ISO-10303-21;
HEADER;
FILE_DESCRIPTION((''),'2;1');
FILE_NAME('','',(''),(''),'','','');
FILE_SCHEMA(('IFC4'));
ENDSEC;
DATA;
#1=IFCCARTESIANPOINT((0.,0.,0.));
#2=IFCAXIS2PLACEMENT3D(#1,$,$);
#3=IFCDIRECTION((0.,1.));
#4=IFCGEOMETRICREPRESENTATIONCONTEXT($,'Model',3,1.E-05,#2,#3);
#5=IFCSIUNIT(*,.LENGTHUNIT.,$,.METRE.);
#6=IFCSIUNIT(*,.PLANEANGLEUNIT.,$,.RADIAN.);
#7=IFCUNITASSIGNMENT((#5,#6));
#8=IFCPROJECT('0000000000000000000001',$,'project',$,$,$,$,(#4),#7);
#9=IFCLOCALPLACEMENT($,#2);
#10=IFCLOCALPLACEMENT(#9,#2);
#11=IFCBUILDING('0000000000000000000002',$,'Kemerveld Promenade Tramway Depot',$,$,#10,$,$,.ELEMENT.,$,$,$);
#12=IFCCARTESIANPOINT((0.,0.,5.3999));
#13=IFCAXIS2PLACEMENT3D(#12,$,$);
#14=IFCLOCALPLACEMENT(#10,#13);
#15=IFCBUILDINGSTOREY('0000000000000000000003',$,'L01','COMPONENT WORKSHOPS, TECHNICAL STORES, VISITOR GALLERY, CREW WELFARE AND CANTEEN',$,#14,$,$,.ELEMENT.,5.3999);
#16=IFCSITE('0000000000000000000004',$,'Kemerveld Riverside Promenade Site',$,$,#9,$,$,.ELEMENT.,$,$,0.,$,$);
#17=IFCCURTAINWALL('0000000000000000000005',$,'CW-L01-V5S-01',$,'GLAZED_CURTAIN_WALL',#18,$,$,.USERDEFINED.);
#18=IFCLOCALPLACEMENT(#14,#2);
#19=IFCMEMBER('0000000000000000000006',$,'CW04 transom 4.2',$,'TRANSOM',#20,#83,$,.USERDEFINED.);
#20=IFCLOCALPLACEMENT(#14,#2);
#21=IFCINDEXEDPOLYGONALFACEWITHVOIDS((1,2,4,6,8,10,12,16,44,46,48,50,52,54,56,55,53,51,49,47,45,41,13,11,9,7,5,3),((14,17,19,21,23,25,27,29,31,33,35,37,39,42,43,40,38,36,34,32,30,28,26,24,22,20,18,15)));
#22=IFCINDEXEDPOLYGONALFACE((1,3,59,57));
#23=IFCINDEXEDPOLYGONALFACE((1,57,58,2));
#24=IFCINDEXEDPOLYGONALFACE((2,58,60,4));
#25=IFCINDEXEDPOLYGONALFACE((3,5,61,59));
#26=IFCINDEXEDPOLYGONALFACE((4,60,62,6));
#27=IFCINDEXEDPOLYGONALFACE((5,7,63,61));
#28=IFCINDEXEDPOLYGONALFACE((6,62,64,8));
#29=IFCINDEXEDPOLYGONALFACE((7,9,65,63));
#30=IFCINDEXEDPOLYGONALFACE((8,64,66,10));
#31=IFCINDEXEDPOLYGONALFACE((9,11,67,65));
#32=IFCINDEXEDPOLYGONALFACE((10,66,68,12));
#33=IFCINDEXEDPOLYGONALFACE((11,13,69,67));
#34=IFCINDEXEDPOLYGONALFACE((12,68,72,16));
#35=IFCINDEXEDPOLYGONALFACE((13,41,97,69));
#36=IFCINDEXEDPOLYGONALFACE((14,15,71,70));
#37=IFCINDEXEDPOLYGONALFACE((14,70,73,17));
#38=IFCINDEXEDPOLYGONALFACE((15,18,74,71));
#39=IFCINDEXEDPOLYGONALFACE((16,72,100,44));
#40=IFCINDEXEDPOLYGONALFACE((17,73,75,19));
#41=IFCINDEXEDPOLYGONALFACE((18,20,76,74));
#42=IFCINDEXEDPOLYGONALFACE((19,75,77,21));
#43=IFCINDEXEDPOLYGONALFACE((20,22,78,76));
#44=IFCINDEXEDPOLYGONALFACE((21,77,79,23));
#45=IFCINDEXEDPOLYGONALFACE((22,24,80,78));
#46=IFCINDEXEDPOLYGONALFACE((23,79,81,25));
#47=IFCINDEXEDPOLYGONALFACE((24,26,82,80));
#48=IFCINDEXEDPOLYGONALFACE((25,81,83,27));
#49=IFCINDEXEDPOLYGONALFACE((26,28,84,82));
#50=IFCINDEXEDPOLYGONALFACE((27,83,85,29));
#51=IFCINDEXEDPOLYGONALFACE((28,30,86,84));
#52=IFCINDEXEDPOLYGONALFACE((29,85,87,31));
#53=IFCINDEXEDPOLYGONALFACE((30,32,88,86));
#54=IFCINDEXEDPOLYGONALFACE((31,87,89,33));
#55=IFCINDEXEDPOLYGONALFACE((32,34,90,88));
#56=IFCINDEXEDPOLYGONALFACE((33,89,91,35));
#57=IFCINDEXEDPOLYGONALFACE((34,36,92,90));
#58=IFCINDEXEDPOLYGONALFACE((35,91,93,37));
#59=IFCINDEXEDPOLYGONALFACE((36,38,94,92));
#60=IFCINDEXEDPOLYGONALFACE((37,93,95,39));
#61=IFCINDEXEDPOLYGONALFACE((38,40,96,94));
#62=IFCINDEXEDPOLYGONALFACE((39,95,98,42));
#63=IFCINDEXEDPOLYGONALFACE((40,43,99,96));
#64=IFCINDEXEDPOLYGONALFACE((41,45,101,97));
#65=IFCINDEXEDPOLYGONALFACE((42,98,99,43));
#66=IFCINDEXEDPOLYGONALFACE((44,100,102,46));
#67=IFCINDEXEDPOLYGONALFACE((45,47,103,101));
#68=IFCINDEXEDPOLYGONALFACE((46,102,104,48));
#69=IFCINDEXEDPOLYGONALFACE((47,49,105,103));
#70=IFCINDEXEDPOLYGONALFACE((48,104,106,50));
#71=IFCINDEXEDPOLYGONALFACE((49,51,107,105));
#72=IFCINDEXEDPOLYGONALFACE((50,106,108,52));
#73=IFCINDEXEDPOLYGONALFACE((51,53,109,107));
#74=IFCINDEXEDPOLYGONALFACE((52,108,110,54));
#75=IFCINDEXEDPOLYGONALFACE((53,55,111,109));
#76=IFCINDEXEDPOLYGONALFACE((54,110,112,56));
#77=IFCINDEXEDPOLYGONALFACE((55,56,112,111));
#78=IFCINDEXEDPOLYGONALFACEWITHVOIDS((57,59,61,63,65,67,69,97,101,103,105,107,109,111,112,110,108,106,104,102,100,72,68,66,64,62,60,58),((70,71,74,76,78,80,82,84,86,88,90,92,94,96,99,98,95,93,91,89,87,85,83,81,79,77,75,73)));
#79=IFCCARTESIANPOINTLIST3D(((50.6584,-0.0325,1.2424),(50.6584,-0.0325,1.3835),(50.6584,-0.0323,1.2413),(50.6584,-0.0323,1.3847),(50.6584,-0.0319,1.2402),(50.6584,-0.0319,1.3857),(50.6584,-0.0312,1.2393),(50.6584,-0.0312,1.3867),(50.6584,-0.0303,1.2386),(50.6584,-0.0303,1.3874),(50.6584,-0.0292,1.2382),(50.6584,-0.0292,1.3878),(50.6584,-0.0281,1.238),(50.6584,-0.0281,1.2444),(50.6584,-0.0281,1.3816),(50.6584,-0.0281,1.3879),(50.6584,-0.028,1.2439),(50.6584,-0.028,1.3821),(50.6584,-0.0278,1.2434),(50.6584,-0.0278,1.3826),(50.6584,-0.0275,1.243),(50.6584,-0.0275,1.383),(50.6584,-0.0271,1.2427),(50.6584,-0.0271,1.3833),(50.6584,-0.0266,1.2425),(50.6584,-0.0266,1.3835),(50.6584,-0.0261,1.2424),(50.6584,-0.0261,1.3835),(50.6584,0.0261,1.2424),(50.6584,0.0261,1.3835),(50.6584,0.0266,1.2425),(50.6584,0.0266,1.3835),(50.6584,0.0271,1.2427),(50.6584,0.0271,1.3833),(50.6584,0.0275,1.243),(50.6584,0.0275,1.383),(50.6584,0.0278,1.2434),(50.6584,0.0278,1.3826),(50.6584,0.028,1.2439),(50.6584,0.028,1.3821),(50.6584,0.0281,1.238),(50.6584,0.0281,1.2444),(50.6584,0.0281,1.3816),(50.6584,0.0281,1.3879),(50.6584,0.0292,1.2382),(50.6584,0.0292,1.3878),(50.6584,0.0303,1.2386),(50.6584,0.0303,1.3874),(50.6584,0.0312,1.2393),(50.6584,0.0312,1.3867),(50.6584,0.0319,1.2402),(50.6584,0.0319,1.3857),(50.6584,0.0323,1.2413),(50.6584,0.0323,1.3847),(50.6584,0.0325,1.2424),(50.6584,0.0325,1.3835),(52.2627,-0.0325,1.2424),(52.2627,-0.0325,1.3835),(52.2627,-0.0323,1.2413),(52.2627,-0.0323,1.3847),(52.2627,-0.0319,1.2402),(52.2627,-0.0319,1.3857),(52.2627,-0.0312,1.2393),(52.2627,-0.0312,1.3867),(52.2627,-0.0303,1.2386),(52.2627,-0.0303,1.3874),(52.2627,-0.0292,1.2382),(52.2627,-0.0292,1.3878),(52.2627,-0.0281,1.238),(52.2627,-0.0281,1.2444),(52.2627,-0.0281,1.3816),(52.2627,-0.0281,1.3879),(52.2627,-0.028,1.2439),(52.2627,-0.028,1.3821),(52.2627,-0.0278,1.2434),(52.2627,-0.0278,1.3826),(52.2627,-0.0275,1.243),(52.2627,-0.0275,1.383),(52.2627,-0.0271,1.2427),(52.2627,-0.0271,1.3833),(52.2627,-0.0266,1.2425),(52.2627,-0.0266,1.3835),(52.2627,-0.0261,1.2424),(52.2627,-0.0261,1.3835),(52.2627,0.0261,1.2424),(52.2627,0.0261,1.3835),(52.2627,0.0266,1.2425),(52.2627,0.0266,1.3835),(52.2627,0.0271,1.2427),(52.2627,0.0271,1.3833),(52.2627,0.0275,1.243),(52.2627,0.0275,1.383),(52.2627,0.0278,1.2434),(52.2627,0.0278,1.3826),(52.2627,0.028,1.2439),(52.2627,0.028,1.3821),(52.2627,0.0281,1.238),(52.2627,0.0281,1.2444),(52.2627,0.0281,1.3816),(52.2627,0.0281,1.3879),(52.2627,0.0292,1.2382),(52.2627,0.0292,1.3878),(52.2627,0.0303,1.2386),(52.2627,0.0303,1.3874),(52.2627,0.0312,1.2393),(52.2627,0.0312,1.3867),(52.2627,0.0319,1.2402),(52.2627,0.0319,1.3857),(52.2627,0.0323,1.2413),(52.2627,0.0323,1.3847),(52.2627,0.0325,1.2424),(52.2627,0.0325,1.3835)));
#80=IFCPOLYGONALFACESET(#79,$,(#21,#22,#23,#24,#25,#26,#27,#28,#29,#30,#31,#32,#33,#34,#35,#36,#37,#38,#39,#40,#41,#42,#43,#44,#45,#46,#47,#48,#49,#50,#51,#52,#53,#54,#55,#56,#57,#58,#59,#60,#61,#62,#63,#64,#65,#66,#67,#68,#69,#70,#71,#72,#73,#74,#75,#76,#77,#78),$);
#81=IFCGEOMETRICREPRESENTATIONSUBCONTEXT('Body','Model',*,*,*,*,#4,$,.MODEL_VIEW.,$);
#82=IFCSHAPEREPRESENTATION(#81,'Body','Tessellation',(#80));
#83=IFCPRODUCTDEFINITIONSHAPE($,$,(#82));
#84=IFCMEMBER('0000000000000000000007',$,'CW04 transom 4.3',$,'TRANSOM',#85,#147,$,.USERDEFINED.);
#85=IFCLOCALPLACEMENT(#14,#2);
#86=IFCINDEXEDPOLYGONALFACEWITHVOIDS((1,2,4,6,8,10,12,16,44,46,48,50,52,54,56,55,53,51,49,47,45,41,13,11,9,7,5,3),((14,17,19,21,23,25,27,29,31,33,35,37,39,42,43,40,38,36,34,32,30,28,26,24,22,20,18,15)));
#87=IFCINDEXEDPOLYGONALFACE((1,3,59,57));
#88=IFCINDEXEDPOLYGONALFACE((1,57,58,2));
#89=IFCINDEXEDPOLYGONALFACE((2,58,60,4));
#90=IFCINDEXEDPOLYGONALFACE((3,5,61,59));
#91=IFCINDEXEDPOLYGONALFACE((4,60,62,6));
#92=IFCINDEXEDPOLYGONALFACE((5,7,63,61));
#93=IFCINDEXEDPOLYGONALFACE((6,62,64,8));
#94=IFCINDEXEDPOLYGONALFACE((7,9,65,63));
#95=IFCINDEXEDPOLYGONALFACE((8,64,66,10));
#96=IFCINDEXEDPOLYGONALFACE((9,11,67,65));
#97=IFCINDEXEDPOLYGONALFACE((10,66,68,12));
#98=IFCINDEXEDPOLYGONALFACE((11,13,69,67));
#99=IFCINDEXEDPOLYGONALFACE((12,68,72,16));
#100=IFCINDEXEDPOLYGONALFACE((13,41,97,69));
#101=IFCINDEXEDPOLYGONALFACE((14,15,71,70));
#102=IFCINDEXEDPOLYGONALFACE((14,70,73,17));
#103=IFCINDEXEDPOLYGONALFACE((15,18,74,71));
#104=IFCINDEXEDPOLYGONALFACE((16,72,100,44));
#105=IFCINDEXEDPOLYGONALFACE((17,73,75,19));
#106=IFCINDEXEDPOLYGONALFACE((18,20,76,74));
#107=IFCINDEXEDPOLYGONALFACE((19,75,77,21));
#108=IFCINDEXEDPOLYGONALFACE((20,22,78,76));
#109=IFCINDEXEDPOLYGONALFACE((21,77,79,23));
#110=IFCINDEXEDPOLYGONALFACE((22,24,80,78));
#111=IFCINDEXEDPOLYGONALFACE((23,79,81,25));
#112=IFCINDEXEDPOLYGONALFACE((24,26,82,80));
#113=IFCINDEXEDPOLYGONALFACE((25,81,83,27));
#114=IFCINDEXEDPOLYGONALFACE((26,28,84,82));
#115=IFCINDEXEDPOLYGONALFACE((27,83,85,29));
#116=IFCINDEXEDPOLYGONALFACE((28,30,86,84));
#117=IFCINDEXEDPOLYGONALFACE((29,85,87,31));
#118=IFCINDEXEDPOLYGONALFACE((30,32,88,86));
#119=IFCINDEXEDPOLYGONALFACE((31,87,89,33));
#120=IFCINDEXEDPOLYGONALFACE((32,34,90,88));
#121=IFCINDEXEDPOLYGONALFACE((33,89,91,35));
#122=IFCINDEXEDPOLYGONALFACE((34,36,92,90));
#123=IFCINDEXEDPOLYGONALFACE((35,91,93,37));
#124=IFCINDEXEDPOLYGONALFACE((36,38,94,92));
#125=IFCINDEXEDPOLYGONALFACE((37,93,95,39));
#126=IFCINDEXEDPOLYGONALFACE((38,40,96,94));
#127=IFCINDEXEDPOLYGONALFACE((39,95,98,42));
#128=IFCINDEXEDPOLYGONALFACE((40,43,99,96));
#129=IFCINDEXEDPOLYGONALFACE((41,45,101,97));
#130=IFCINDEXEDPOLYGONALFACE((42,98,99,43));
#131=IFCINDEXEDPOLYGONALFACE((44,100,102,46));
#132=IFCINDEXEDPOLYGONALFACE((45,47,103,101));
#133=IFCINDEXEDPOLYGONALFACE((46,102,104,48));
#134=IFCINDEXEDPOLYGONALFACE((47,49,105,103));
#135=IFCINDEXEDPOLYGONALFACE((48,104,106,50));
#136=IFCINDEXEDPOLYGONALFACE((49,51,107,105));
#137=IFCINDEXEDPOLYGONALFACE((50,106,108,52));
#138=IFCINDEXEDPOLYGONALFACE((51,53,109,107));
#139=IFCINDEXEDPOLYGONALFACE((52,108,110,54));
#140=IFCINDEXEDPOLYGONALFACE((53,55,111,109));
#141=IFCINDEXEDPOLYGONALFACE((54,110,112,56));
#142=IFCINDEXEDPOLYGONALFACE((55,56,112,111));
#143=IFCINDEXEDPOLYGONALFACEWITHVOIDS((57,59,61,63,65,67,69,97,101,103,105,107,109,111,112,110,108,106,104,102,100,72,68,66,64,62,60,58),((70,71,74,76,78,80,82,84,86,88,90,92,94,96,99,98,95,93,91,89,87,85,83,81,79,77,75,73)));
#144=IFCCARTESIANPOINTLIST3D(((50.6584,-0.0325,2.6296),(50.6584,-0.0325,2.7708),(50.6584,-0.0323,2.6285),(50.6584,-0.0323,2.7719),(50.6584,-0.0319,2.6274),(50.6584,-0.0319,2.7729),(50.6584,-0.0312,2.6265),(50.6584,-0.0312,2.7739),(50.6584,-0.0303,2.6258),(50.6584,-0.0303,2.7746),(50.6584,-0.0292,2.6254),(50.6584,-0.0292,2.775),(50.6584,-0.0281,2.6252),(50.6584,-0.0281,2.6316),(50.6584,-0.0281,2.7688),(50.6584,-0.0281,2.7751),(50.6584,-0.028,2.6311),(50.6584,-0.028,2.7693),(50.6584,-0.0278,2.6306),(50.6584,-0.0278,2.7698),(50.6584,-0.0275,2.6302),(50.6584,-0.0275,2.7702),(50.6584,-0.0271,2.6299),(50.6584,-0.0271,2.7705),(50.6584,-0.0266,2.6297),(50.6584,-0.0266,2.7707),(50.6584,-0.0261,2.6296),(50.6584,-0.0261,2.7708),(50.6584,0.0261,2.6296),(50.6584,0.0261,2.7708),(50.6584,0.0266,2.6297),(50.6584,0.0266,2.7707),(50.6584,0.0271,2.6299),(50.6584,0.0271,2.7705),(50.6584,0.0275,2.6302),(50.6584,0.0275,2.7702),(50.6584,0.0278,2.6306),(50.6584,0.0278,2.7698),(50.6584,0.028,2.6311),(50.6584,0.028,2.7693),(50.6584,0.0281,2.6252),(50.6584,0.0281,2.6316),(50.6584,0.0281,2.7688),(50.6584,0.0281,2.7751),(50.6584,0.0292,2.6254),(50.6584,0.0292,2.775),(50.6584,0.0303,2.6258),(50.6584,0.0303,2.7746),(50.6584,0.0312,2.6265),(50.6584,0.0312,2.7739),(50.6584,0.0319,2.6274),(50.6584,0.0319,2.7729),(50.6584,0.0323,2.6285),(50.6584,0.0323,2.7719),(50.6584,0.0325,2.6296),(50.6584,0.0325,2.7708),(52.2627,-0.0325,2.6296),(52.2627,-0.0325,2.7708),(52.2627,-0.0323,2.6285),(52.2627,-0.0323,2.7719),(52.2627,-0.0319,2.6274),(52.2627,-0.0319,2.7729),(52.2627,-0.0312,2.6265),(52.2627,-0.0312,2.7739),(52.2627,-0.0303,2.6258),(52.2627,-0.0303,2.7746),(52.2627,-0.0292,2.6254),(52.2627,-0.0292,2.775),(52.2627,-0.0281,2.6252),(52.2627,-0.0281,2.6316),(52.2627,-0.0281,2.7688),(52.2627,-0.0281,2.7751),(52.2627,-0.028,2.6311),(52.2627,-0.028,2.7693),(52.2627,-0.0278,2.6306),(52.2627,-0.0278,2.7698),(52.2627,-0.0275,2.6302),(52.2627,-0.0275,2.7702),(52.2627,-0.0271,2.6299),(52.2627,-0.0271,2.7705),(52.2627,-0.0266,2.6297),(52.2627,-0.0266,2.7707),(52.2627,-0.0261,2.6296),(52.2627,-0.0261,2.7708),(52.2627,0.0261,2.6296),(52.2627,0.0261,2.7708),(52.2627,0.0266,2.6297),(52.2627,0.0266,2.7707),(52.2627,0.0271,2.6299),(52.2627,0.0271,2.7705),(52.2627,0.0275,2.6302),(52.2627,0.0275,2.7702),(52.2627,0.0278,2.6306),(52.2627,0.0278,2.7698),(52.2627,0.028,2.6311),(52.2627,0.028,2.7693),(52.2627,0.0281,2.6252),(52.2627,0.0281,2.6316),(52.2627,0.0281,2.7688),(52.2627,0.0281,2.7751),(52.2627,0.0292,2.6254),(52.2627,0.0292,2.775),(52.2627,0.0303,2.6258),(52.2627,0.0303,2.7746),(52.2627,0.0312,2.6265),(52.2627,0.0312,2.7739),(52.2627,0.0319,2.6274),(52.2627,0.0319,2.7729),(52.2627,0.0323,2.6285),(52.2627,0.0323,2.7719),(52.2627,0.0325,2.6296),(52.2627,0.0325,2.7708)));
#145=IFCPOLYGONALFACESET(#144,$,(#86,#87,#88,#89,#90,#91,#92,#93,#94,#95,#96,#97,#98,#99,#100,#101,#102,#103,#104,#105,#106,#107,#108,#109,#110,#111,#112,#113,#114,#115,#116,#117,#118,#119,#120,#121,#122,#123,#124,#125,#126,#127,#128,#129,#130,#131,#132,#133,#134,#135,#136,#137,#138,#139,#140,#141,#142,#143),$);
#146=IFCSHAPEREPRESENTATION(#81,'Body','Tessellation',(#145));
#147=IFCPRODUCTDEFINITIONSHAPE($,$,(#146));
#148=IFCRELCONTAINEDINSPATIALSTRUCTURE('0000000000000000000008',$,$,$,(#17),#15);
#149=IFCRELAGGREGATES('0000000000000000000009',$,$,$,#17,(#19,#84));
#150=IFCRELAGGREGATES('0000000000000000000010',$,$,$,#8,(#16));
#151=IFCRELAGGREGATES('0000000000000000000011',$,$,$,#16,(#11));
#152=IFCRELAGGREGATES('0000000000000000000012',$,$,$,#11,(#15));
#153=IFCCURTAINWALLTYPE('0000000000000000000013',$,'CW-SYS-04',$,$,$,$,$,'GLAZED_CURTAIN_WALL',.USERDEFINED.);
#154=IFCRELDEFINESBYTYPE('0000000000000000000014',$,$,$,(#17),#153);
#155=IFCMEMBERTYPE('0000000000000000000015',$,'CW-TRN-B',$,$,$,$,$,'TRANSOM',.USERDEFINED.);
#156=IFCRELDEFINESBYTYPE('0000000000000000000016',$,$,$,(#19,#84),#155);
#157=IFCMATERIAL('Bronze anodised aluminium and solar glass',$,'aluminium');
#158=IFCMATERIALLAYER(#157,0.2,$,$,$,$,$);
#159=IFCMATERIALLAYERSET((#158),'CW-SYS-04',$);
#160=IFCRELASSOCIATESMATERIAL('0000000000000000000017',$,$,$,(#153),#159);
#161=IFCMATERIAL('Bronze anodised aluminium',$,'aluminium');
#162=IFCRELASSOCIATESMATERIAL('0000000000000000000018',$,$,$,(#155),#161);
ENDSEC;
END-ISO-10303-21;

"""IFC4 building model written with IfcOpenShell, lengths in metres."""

from ifc_helpers import new_model, si_unit, direction, frame, origin, origin_2d, place, context, subcontext, project, spatial, hollow_rectangle, extrude, material, layer, layer_set, material_profile, profile_set, type_object, element, aggregate, save


model = new_model("IFC4")

# Units and contexts
model_context = context("Model", 3, precision=1e-05, world=origin(), true_north=direction((0.0, 1.0)))
body_context = subcontext(model_context, "Body", "Model", "MODEL_VIEW")
ifc_project = project(units=[si_unit("LENGTHUNIT", "METRE"), si_unit("PLANEANGLEUNIT", "RADIAN")], contexts=[model_context])

# Site, building, storey
site_placement = place(None, origin())
site = spatial("IfcSite", under=ifc_project, at=site_placement, Name="Kemerveld Riverside Promenade Site", CompositionType="ELEMENT", RefElevation=0.0)
building_placement = place(site_placement, origin())
building = spatial("IfcBuilding", under=site, at=building_placement, Name="Kemerveld Promenade Tramway Depot", CompositionType="ELEMENT")
storey_placement = place(building_placement, frame((0.0, 0.0, 5.3999)))
storey = spatial("IfcBuildingStorey", under=building, at=storey_placement, Name="L01", Description="COMPONENT WORKSHOPS, TECHNICAL STORES, VISITOR GALLERY, CREW WELFARE AND CANTEEN", CompositionType="ELEMENT", Elevation=5.3999)

# Curtain wall, members
ifc_material_1 = material(Name="Bronze anodised aluminium and solar glass", Category="aluminium")
ifc_layer_1 = layer(ifc_material_1, 0.2)
ifc_layer_set_1 = layer_set([ifc_layer_1], Name="CW-SYS-04")
curtain_wall_type = type_object("IfcCurtainWallType", Name="CW-SYS-04", ElementType="GLAZED_CURTAIN_WALL", PredefinedType="USERDEFINED", material=ifc_layer_set_1)
curtain_wall_placement = place(storey_placement, origin())
curtain_wall = element("IfcCurtainWall", 1, at=curtain_wall_placement, inside=storey, type_object=curtain_wall_type, Name="CW-L01-V5S-01", ObjectType="GLAZED_CURTAIN_WALL", PredefinedType="USERDEFINED")
ifc_material_2 = material(Name="Bronze anodised aluminium", Category="aluminium")
ifc_material_profile_1 = material_profile(ifc_material_2, hollow_rectangle(XDim=0.0649, YDim=0.1499, WallThickness=0.0044, InnerFilletRadius=0.002, OuterFilletRadius=0.0044, at=origin_2d()), Name="CW-TRN-150x65")
ifc_profile_set_1 = profile_set([ifc_material_profile_1], Name="Bronze anodised aluminium")
member_type_1 = type_object("IfcMemberType", Name="CW-TRN-B", ElementType="TRANSOM", PredefinedType="USERDEFINED", material=ifc_profile_set_1)
member_1_placement = place(storey_placement, frame((52.2627, 0.0, 1.313), z_axis=(-1.0, 0.0, 0.0), x_axis=(0.0, -1.0, 0.0)))
member_1 = element("IfcMember", 2, at=member_1_placement, type_object=member_type_1, Name="CW04 transom 4.2", ObjectType="TRANSOM", PredefinedType="USERDEFINED", context=body_context, shape_type="SweptSolid", body=[
    extrude(hollow_rectangle(XDim=0.0649, YDim=0.1499, WallThickness=0.0044, InnerFilletRadius=0.002, OuterFilletRadius=0.0044, at=origin_2d()), origin(), (0.0, 0.0, 1.0), 1.6042),
])
member_2_placement = place(storey_placement, frame((52.2627, 0.0, 2.7002), z_axis=(-1.0, 0.0, 0.0), x_axis=(0.0, -1.0, 0.0)))
member_2 = element("IfcMember", 3, at=member_2_placement, type_object=member_type_1, Name="CW04 transom 4.3", ObjectType="TRANSOM", PredefinedType="USERDEFINED", context=body_context, shape_type="SweptSolid", body=[
    extrude(hollow_rectangle(XDim=0.0649, YDim=0.1499, WallThickness=0.0044, InnerFilletRadius=0.002, OuterFilletRadius=0.0044, at=origin_2d()), origin(), (0.0, 0.0, 1.0), 1.6042),
])
aggregate(curtain_wall, [member_1, member_2])

save(model, "model.ifc")
